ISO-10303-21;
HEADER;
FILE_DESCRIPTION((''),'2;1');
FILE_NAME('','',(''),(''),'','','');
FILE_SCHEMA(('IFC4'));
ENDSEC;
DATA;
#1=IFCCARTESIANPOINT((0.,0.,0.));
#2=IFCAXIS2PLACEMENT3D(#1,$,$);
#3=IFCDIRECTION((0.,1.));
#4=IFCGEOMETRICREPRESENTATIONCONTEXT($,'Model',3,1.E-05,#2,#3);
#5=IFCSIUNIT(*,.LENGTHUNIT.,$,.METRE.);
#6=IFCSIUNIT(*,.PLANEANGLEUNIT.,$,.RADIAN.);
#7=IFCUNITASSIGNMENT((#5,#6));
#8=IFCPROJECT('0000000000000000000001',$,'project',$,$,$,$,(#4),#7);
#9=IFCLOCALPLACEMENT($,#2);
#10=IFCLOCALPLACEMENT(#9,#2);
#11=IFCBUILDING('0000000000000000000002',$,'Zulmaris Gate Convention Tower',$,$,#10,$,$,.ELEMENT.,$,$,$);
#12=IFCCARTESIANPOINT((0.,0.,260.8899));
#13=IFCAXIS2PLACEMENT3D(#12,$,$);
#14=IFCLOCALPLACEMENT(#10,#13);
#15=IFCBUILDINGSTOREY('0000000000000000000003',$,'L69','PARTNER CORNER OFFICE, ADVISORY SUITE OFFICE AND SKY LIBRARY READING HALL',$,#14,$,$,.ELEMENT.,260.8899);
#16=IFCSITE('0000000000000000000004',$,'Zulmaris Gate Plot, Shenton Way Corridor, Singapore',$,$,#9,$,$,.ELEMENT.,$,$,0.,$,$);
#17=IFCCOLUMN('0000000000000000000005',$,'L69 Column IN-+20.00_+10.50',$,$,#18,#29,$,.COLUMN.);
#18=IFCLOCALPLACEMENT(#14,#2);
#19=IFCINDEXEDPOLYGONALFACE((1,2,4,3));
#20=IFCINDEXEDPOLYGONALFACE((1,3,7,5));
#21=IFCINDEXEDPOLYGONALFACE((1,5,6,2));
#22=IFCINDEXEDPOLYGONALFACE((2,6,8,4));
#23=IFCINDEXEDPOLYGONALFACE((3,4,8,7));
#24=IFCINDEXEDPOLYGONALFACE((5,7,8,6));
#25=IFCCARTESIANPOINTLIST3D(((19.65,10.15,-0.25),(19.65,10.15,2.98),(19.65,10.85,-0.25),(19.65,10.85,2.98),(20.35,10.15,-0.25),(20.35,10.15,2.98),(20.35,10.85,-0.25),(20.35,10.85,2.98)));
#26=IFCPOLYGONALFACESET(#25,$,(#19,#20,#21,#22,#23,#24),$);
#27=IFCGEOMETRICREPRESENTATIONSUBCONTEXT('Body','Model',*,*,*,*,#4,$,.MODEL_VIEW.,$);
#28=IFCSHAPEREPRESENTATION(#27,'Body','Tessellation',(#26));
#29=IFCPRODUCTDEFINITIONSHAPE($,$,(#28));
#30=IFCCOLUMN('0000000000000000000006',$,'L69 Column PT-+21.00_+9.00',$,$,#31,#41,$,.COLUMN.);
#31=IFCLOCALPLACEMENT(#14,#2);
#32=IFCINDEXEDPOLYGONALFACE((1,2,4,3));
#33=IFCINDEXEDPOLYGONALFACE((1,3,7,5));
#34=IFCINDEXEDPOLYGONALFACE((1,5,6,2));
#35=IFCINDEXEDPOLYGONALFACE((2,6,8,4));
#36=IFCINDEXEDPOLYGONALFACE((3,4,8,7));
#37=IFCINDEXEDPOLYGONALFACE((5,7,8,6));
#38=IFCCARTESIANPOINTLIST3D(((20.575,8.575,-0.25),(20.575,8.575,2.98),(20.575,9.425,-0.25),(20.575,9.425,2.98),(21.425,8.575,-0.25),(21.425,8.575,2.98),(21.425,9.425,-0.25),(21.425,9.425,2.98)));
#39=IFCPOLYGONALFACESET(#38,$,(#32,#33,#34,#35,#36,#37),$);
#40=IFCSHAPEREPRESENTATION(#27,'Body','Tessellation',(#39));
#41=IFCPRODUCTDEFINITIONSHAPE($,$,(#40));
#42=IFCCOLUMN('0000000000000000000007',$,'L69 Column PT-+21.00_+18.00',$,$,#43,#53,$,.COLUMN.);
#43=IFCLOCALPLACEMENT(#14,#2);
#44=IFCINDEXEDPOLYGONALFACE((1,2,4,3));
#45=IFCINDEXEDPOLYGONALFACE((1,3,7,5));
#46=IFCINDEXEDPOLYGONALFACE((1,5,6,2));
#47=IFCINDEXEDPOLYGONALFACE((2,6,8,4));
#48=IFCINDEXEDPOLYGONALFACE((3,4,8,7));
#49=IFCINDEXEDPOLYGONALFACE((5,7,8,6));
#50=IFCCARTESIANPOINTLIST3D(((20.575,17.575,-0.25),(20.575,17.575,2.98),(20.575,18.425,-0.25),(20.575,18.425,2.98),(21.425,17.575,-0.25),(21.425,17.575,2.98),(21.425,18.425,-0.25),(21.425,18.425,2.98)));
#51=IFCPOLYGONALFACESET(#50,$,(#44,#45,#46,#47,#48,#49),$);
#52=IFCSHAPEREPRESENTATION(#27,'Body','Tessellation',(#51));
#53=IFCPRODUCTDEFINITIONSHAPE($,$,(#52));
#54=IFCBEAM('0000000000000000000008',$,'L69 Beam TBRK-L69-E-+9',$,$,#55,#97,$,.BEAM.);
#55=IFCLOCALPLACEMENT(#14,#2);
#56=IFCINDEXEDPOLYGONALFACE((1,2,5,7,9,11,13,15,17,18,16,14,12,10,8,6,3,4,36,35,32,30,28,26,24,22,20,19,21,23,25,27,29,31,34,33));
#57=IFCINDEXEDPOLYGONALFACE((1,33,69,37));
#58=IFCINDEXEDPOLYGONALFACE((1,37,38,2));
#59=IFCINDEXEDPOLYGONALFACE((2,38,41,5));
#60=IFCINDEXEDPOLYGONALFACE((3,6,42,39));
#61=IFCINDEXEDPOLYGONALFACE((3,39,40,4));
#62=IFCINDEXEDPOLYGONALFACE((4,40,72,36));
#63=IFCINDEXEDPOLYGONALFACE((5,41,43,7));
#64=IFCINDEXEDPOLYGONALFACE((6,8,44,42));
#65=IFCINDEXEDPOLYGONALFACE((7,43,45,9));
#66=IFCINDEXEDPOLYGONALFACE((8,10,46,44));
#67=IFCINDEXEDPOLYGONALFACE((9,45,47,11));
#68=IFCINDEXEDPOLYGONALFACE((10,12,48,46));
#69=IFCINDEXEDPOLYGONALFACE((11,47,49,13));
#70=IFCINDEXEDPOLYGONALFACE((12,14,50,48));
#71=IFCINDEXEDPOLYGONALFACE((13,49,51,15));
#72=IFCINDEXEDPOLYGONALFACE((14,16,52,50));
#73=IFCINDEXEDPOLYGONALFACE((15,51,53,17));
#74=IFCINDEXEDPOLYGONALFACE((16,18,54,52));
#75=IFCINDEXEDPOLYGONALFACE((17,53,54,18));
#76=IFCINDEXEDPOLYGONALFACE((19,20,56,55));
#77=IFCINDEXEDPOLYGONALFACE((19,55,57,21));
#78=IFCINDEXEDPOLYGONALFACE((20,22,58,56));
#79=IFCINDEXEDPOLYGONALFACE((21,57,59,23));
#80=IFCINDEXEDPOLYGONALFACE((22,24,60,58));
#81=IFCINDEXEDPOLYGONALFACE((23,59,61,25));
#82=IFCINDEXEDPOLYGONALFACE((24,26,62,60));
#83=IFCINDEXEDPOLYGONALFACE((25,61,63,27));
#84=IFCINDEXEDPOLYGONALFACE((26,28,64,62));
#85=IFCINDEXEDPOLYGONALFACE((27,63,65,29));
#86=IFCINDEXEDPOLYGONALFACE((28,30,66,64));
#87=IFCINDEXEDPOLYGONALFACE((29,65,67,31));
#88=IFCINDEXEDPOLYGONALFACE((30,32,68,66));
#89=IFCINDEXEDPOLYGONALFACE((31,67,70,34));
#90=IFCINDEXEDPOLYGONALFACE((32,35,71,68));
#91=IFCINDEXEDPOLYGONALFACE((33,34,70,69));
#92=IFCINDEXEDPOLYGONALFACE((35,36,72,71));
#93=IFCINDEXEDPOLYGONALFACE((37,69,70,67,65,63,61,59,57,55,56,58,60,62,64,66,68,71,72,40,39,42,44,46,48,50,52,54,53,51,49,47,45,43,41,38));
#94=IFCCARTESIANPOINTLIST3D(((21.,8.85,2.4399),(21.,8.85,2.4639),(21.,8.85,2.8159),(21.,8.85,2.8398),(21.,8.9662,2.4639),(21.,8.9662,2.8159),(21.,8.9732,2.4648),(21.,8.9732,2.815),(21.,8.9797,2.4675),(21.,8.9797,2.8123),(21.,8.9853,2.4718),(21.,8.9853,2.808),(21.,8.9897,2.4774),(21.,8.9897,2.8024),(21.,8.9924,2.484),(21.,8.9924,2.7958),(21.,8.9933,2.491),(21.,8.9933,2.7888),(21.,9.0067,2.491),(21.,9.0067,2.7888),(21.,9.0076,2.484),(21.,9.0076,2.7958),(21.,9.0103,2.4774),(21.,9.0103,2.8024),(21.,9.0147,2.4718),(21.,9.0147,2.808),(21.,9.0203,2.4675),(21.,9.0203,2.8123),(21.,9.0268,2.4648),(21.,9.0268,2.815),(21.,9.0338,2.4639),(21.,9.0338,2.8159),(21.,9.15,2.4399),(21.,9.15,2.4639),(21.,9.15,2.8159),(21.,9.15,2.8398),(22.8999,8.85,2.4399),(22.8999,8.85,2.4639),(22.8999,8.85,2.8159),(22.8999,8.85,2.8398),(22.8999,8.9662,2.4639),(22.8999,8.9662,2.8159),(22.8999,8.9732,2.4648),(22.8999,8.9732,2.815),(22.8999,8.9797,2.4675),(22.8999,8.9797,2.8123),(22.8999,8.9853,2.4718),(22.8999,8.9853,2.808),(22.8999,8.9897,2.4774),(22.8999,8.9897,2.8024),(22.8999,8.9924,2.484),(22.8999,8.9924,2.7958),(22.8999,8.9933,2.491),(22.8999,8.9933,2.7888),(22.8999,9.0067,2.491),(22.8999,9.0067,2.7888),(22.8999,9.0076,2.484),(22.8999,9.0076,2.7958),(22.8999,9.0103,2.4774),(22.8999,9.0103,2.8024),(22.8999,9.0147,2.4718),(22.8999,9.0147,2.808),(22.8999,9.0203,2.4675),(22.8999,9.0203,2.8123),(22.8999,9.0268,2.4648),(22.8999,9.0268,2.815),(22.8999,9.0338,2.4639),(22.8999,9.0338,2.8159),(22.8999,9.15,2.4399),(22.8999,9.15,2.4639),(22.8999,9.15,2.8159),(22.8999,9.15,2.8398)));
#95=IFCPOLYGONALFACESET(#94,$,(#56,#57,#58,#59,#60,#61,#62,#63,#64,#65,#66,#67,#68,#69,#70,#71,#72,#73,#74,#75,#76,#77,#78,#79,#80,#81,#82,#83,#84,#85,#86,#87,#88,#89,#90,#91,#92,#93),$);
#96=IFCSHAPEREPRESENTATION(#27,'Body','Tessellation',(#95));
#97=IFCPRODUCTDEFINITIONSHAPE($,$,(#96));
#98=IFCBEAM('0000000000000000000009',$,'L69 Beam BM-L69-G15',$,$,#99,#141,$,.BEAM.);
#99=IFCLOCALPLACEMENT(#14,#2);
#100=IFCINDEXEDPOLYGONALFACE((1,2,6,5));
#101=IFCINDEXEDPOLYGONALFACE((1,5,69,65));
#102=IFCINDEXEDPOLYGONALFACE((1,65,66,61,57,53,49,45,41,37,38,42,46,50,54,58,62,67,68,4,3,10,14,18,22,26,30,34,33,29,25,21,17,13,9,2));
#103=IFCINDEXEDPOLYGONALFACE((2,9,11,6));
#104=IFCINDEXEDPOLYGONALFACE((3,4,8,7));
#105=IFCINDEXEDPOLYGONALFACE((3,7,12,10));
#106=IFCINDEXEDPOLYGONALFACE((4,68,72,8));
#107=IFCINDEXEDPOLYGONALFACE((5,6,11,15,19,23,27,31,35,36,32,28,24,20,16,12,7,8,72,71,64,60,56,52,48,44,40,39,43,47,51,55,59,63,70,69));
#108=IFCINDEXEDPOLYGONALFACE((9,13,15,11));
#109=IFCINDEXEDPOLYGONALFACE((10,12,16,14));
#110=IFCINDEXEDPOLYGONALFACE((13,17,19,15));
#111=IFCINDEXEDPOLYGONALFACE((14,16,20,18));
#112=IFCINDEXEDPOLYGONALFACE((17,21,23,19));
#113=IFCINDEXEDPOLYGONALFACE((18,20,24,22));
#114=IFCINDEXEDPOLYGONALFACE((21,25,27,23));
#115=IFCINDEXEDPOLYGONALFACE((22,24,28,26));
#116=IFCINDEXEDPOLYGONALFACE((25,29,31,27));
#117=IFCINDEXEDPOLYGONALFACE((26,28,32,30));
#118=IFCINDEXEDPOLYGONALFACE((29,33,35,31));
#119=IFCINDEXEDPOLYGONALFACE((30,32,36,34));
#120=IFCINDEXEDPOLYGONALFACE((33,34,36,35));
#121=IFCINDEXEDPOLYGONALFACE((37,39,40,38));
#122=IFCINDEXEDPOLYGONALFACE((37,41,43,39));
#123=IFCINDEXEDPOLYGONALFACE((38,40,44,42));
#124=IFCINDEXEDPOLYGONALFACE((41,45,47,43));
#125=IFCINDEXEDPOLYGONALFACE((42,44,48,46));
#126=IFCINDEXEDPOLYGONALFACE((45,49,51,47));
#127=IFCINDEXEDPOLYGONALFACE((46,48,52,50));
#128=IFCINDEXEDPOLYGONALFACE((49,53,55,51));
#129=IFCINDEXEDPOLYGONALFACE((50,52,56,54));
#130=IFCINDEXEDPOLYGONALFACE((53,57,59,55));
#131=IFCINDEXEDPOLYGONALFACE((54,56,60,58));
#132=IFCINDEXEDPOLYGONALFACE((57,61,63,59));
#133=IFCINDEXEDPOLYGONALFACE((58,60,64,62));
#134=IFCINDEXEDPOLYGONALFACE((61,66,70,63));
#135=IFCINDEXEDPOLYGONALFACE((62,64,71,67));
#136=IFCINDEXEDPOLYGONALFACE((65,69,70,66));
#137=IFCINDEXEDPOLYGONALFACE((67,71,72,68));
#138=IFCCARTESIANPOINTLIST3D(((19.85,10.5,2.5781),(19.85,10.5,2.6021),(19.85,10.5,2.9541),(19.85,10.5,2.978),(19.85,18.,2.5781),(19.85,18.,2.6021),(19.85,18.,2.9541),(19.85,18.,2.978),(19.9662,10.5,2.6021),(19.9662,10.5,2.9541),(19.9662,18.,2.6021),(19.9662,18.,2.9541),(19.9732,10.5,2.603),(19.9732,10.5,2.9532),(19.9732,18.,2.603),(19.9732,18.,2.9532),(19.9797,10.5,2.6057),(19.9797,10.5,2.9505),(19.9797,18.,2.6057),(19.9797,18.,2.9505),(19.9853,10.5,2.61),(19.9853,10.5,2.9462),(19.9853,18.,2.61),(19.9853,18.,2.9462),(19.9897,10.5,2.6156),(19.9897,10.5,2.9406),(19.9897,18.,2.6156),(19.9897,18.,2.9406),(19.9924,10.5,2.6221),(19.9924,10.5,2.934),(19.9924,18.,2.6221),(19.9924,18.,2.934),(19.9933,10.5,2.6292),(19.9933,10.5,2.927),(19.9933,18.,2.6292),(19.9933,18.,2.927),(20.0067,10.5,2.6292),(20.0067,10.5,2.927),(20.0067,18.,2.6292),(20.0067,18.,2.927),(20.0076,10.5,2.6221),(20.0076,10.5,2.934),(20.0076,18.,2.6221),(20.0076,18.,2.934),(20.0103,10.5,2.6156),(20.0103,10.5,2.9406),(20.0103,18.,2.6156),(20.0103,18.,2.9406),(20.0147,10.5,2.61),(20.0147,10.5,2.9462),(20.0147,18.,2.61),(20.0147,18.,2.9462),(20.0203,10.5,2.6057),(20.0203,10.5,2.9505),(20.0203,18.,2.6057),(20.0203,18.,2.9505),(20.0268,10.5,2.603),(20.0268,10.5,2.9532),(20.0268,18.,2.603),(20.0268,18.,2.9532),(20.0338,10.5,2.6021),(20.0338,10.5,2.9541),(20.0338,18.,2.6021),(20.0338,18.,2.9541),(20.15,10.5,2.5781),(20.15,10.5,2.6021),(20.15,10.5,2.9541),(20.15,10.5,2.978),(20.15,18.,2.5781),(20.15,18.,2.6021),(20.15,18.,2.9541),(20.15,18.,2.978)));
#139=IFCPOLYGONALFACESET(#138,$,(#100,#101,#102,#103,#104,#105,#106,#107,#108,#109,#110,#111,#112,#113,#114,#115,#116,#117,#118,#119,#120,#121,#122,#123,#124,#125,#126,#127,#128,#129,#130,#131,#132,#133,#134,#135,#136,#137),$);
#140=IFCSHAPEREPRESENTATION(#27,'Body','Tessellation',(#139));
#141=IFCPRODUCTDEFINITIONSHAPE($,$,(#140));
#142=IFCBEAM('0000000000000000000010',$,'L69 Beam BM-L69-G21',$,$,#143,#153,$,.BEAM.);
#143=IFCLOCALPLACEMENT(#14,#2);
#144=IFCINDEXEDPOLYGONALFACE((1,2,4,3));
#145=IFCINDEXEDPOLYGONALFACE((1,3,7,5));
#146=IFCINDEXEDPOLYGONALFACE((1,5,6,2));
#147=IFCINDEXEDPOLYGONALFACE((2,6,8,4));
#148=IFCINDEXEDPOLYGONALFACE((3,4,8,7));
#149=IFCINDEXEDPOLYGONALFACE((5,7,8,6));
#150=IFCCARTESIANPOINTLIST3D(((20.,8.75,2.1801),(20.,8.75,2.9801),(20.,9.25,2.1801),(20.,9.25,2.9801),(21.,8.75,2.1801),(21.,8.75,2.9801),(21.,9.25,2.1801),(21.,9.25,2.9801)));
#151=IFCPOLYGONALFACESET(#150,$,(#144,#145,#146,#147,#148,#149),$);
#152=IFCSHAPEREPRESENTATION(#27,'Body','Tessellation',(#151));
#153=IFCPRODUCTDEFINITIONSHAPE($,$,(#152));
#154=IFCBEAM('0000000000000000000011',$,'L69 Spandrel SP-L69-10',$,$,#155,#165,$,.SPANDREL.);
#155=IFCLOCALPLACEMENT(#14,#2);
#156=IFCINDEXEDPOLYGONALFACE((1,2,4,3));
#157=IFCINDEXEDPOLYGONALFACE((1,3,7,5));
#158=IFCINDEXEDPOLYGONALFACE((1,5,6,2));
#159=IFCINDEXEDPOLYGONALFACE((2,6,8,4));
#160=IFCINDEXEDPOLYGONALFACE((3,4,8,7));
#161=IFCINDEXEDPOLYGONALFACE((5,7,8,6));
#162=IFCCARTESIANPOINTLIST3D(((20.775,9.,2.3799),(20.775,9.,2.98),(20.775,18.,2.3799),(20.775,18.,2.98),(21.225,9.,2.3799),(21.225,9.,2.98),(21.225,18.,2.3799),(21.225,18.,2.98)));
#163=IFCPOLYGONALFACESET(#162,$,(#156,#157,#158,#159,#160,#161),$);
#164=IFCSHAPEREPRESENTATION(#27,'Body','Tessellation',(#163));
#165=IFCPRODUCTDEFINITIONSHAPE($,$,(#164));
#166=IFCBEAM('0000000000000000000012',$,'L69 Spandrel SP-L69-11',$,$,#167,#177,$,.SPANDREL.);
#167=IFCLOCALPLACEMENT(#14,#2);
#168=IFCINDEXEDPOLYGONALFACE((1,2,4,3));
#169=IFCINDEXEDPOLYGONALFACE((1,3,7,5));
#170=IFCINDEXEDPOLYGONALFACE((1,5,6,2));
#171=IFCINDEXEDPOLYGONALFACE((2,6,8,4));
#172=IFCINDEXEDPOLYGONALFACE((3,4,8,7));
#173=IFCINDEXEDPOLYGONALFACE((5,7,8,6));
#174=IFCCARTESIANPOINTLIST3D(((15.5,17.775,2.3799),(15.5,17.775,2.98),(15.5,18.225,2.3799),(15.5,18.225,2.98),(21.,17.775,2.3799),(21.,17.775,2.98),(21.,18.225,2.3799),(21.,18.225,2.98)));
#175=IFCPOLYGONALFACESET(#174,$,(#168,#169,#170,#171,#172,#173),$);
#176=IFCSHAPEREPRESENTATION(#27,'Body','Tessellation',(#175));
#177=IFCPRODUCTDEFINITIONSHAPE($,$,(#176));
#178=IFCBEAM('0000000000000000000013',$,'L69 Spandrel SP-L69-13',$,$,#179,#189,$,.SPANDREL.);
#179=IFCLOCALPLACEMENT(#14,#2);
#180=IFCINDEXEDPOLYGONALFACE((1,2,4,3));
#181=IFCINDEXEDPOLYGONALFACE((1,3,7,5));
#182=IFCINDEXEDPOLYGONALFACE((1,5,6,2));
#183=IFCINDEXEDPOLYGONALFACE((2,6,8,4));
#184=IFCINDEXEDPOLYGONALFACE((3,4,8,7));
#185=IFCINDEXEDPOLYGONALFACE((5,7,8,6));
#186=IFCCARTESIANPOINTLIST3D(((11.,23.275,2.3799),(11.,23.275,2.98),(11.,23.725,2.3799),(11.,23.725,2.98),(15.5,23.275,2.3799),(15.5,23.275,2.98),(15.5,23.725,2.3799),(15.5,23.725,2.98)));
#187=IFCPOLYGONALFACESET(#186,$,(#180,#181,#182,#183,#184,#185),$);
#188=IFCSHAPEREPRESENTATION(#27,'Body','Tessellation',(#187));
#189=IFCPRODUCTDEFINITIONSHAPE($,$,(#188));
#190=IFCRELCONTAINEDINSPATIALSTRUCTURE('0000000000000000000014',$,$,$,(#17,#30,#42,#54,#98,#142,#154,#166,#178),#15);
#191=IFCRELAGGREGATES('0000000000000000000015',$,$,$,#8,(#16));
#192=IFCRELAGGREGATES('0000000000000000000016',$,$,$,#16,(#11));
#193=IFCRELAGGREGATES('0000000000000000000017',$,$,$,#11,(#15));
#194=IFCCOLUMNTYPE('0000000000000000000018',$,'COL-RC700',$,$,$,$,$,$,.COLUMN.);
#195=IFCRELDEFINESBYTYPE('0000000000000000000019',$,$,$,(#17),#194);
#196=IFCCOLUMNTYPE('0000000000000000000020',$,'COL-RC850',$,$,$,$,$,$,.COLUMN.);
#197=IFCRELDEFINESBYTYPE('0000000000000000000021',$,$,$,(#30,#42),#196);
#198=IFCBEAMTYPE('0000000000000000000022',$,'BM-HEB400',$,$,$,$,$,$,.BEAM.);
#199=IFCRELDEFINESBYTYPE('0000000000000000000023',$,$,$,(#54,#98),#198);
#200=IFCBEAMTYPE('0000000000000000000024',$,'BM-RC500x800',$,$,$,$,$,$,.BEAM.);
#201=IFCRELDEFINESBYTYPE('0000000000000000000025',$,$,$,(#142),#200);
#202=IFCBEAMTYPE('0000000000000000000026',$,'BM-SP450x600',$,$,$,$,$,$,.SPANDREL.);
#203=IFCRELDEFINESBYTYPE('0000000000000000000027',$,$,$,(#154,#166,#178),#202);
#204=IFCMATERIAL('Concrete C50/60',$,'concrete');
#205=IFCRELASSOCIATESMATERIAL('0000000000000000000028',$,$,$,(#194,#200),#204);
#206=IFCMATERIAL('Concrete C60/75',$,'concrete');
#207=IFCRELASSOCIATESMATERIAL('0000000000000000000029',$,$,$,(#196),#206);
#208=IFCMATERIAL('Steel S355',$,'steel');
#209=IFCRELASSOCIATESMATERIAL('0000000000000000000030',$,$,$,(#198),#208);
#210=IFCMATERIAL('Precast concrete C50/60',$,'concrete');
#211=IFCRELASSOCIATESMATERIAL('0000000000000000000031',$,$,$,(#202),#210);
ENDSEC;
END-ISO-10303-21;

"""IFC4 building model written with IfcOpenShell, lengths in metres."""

from ifc_helpers import new_model, si_unit, direction, frame, origin, origin_2d, place, context, subcontext, project, spatial, rectangle, i_section, extrude, material, material_profile, profile_set, type_object, element, save


model = new_model("IFC4")

# Units and contexts
model_context = context("Model", 3, precision=1e-05, world=origin(), true_north=direction((0.0, 1.0)))
body_context = subcontext(model_context, "Body", "Model", "MODEL_VIEW")
ifc_project = project(units=[si_unit("LENGTHUNIT", "METRE"), si_unit("PLANEANGLEUNIT", "RADIAN")], contexts=[model_context])

# Site, building, storey
site_placement = place(None, origin())
site = spatial("IfcSite", under=ifc_project, at=site_placement, Name="Zulmaris Gate Plot, Shenton Way Corridor, Singapore", CompositionType="ELEMENT", RefElevation=0.0)
building_placement = place(site_placement, origin())
building = spatial("IfcBuilding", under=site, at=building_placement, Name="Zulmaris Gate Convention Tower", CompositionType="ELEMENT")
storey_placement = place(building_placement, frame((0.0, 0.0, 260.8899)))
storey = spatial("IfcBuildingStorey", under=building, at=storey_placement, Name="L69", Description="PARTNER CORNER OFFICE, ADVISORY SUITE OFFICE AND SKY LIBRARY READING HALL", CompositionType="ELEMENT", Elevation=260.8899)

# Columns
ifc_material_1 = material(Name="Concrete C50/60", Category="concrete")
ifc_material_profile_1 = material_profile(ifc_material_1, rectangle(XDim=0.7, YDim=0.7, at=origin_2d()), Name="RC COL 700x700")
ifc_profile_set_1 = profile_set([ifc_material_profile_1], Name="Concrete C50/60")
column_type_1 = type_object("IfcColumnType", Name="COL-RC700", PredefinedType="COLUMN", material=ifc_profile_set_1)
column_placement = place(storey_placement, frame((20.0, 10.5, -0.25), z_axis=(0.0, 0.0, 1.0), x_axis=(1.0, 0.0, 0.0)))
element("IfcColumn", 1, at=column_placement, inside=storey, type_object=column_type_1, Name="L69 Column IN-+20.00_+10.50", PredefinedType="COLUMN", context=body_context, shape_type="SweptSolid", body=[
    extrude(rectangle(XDim=0.7, YDim=0.7, at=origin_2d()), origin(), (0.0, 0.0, 1.0), 3.23),
])
ifc_material_2 = material(Name="Concrete C60/75", Category="concrete")
ifc_material_profile_2 = material_profile(ifc_material_2, rectangle(XDim=0.8501, YDim=0.8501, at=origin_2d()), Name="RC COL 850x850")
ifc_profile_set_2 = profile_set([ifc_material_profile_2], Name="Concrete C60/75")
column_type_2 = type_object("IfcColumnType", Name="COL-RC850", PredefinedType="COLUMN", material=ifc_profile_set_2)
for number, where, z_axis, x_axis, name in (
    (2, (21.0, 9.0, -0.25), (0.0, 0.0, 1.0), (1.0, 0.0, 0.0), "L69 Column PT-+21.00_+9.00"),
    (3, (21.0, 18.0, -0.25), (0.0, 0.0, 1.0), (1.0, 0.0, 0.0), "L69 Column PT-+21.00_+18.00"),
):
    element("IfcColumn", number, at=place(storey_placement, frame(where, z_axis=z_axis, x_axis=x_axis)), inside=storey, type_object=column_type_2, Name=name, PredefinedType="COLUMN", context=body_context, shape_type="SweptSolid", body=[
        extrude(rectangle(XDim=0.8501, YDim=0.8501, at=origin_2d()), origin(), (0.0, 0.0, 1.0), 3.23),
    ])

# Beams
ifc_material_3 = material(Name="Steel S355", Category="steel")
ifc_material_profile_3 = material_profile(ifc_material_3, i_section(OverallWidth=0.3, OverallDepth=0.3999, WebThickness=0.0134, FlangeThickness=0.0239, FilletRadius=0.0271, at=origin_2d()), Name="HEB 400")
ifc_profile_set_3 = profile_set([ifc_material_profile_3], Name="Steel S355")
beam_type_1 = type_object("IfcBeamType", Name="BM-HEB400", PredefinedType="BEAM", material=ifc_profile_set_3)
beam_1_placement = place(storey_placement, frame((21.0, 9.0, 2.6399), z_axis=(1.0, 0.0, 0.0), x_axis=(0.0, 1.0, 0.0)))
element("IfcBeam", 4, at=beam_1_placement, inside=storey, type_object=beam_type_1, Name="L69 Beam TBRK-L69-E-+9", PredefinedType="BEAM", context=body_context, shape_type="SweptSolid", body=[
    extrude(i_section(OverallWidth=0.3, OverallDepth=0.3999, WebThickness=0.0134, FlangeThickness=0.0239, FilletRadius=0.0271, at=origin_2d()), origin(), (0.0, 0.0, 1.0), 1.8999),
])
beam_2_placement = place(storey_placement, frame((20.0, 10.5, 2.7781), z_axis=(0.0, 1.0, 0.0), x_axis=(-1.0, 0.0, 0.0)))
element("IfcBeam", 5, at=beam_2_placement, inside=storey, type_object=beam_type_1, Name="L69 Beam BM-L69-G15", PredefinedType="BEAM", context=body_context, shape_type="SweptSolid", body=[
    extrude(i_section(OverallWidth=0.3, OverallDepth=0.3999, WebThickness=0.0134, FlangeThickness=0.0239, FilletRadius=0.0271, at=origin_2d()), origin(), (0.0, 0.0, 1.0), 7.5),
])
ifc_material_profile_4 = material_profile(ifc_material_1, rectangle(XDim=0.5, YDim=0.8, at=origin_2d()), Name="RC BEAM 500x800")
ifc_profile_set_4 = profile_set([ifc_material_profile_4], Name="Concrete C50/60")
beam_type_2 = type_object("IfcBeamType", Name="BM-RC500x800", PredefinedType="BEAM", material=ifc_profile_set_4)
beam_3_placement = place(storey_placement, frame((20.0, 9.0, 2.5801), z_axis=(1.0, 0.0, 0.0), x_axis=(0.0, 1.0, 0.0)))
element("IfcBeam", 6, at=beam_3_placement, inside=storey, type_object=beam_type_2, Name="L69 Beam BM-L69-G21", PredefinedType="BEAM", context=body_context, shape_type="SweptSolid", body=[
    extrude(rectangle(XDim=0.5, YDim=0.8, at=origin_2d()), origin(), (0.0, 0.0, 1.0), 1.0),
])
ifc_material_4 = material(Name="Precast concrete C50/60", Category="concrete")
ifc_material_profile_5 = material_profile(ifc_material_4, rectangle(XDim=0.45, YDim=0.6001, at=origin_2d()), Name="RC SPANDREL 450x600")
ifc_profile_set_5 = profile_set([ifc_material_profile_5], Name="Precast concrete C50/60")
beam_type_3 = type_object("IfcBeamType", Name="BM-SP450x600", PredefinedType="SPANDREL", material=ifc_profile_set_5)
beam_4_placement = place(storey_placement, frame((21.0, 9.0, 2.6799), z_axis=(0.0, 1.0, 0.0), x_axis=(-1.0, 0.0, 0.0)))
element("IfcBeam", 7, at=beam_4_placement, inside=storey, type_object=beam_type_3, Name="L69 Spandrel SP-L69-10", PredefinedType="SPANDREL", context=body_context, shape_type="SweptSolid", body=[
    extrude(rectangle(XDim=0.45, YDim=0.6001, at=origin_2d()), origin(), (0.0, 0.0, 1.0), 9.0),
])
beam_5_placement = place(storey_placement, frame((21.0, 18.0, 2.6799), z_axis=(-1.0, 0.0, 0.0), x_axis=(0.0, -1.0, 0.0)))
element("IfcBeam", 8, at=beam_5_placement, inside=storey, type_object=beam_type_3, Name="L69 Spandrel SP-L69-11", PredefinedType="SPANDREL", context=body_context, shape_type="SweptSolid", body=[
    extrude(rectangle(XDim=0.45, YDim=0.6001, at=origin_2d()), origin(), (0.0, 0.0, 1.0), 5.5),
])
beam_6_placement = place(storey_placement, frame((15.5, 23.5, 2.6799), z_axis=(-1.0, 0.0, 0.0), x_axis=(0.0, -1.0, 0.0)))
element("IfcBeam", 9, at=beam_6_placement, inside=storey, type_object=beam_type_3, Name="L69 Spandrel SP-L69-13", PredefinedType="SPANDREL", context=body_context, shape_type="SweptSolid", body=[
    extrude(rectangle(XDim=0.45, YDim=0.6001, at=origin_2d()), origin(), (0.0, 0.0, 1.0), 4.5),
])

save(model, "model.ifc")
